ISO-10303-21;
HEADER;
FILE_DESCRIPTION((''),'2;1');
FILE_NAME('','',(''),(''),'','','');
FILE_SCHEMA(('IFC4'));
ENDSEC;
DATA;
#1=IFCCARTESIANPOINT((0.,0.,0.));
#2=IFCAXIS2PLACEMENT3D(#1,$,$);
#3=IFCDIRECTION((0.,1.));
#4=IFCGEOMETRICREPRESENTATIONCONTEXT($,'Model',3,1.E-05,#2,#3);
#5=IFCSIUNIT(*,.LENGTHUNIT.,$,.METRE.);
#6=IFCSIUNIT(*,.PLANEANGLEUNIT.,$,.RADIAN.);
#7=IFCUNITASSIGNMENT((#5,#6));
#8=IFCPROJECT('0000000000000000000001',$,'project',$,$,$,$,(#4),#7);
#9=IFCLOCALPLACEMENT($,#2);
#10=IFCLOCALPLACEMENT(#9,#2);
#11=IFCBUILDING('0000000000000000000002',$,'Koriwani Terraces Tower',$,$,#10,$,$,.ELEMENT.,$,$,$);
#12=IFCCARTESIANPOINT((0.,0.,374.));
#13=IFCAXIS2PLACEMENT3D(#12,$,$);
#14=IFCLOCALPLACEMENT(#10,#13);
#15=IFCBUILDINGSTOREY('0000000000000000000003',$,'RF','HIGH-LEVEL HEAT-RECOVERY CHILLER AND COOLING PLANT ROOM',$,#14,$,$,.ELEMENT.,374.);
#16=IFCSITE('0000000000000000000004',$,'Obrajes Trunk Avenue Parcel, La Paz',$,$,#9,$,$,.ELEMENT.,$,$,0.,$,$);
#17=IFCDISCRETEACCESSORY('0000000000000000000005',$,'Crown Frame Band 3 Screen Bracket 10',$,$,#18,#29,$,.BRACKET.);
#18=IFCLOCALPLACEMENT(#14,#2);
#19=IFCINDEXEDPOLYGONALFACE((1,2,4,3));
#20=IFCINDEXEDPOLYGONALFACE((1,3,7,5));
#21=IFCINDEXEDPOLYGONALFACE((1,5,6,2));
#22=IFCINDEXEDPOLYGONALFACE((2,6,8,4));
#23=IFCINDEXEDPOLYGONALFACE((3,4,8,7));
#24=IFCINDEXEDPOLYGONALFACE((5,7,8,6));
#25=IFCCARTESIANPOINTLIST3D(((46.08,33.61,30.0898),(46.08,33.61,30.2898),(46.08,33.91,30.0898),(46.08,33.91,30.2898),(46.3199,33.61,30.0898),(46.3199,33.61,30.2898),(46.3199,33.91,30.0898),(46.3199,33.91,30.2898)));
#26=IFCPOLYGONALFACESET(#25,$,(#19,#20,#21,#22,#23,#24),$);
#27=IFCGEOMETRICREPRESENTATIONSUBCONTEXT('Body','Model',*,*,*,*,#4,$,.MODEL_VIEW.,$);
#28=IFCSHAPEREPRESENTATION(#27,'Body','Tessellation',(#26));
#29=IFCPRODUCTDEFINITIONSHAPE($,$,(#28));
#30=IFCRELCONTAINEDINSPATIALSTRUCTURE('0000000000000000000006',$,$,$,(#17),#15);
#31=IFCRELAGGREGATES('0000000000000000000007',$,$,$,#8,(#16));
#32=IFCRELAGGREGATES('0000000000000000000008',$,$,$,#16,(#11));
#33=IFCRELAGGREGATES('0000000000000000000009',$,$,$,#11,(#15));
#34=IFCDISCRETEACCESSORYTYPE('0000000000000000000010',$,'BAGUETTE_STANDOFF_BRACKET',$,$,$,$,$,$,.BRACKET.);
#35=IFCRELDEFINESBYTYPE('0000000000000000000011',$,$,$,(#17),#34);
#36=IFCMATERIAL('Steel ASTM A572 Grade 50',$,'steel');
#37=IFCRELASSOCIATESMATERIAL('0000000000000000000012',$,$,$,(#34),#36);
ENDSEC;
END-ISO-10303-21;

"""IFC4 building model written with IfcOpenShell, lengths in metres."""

from ifc_helpers import new_model, si_unit, direction, frame, origin, origin_2d, place, context, subcontext, project, spatial, rectangle, extrude, material, type_object, element, save


model = new_model("IFC4")

# Units and contexts
model_context = context("Model", 3, precision=1e-05, world=origin(), true_north=direction((0.0, 1.0)))
body_context = subcontext(model_context, "Body", "Model", "MODEL_VIEW")
ifc_project = project(units=[si_unit("LENGTHUNIT", "METRE"), si_unit("PLANEANGLEUNIT", "RADIAN")], contexts=[model_context])

# Site, building, storey
site_placement = place(None, origin())
site = spatial("IfcSite", under=ifc_project, at=site_placement, Name="Obrajes Trunk Avenue Parcel, La Paz", CompositionType="ELEMENT", RefElevation=0.0)
building_placement = place(site_placement, origin())
building = spatial("IfcBuilding", under=site, at=building_placement, Name="Koriwani Terraces Tower", CompositionType="ELEMENT")
storey_placement = place(building_placement, frame((0.0, 0.0, 374.0)))
storey = spatial("IfcBuildingStorey", under=building, at=storey_placement, Name="RF", Description="HIGH-LEVEL HEAT-RECOVERY CHILLER AND COOLING PLANT ROOM", CompositionType="ELEMENT", Elevation=374.0)

# Shared definitions
ifc_material_1 = material(Name="Steel ASTM A572 Grade 50", Category="steel")

# Discrete accessory
discrete_accessory_type = type_object("IfcDiscreteAccessoryType", Name="BAGUETTE_STANDOFF_BRACKET", PredefinedType="BRACKET", material=ifc_material_1)
for number, where, z_axis, x_axis, name in (
    (1, (46.2, 33.76, 30.0898), (0.0, 0.0, 1.0), (-1.0, 0.0, 0.0), "Crown Frame Band 3 Screen Bracket 10"),
):
    element("IfcDiscreteAccessory", number, at=place(storey_placement, frame(where, z_axis=z_axis, x_axis=x_axis)), inside=storey, type_object=discrete_accessory_type, Name=name, PredefinedType="BRACKET", context=body_context, shape_type="SweptSolid", body=[
        extrude(rectangle(XDim=0.24, YDim=0.3, at=origin_2d()), origin(), (0.0, 0.0, 1.0), 0.2),
    ])

save(model, "model.ifc")
